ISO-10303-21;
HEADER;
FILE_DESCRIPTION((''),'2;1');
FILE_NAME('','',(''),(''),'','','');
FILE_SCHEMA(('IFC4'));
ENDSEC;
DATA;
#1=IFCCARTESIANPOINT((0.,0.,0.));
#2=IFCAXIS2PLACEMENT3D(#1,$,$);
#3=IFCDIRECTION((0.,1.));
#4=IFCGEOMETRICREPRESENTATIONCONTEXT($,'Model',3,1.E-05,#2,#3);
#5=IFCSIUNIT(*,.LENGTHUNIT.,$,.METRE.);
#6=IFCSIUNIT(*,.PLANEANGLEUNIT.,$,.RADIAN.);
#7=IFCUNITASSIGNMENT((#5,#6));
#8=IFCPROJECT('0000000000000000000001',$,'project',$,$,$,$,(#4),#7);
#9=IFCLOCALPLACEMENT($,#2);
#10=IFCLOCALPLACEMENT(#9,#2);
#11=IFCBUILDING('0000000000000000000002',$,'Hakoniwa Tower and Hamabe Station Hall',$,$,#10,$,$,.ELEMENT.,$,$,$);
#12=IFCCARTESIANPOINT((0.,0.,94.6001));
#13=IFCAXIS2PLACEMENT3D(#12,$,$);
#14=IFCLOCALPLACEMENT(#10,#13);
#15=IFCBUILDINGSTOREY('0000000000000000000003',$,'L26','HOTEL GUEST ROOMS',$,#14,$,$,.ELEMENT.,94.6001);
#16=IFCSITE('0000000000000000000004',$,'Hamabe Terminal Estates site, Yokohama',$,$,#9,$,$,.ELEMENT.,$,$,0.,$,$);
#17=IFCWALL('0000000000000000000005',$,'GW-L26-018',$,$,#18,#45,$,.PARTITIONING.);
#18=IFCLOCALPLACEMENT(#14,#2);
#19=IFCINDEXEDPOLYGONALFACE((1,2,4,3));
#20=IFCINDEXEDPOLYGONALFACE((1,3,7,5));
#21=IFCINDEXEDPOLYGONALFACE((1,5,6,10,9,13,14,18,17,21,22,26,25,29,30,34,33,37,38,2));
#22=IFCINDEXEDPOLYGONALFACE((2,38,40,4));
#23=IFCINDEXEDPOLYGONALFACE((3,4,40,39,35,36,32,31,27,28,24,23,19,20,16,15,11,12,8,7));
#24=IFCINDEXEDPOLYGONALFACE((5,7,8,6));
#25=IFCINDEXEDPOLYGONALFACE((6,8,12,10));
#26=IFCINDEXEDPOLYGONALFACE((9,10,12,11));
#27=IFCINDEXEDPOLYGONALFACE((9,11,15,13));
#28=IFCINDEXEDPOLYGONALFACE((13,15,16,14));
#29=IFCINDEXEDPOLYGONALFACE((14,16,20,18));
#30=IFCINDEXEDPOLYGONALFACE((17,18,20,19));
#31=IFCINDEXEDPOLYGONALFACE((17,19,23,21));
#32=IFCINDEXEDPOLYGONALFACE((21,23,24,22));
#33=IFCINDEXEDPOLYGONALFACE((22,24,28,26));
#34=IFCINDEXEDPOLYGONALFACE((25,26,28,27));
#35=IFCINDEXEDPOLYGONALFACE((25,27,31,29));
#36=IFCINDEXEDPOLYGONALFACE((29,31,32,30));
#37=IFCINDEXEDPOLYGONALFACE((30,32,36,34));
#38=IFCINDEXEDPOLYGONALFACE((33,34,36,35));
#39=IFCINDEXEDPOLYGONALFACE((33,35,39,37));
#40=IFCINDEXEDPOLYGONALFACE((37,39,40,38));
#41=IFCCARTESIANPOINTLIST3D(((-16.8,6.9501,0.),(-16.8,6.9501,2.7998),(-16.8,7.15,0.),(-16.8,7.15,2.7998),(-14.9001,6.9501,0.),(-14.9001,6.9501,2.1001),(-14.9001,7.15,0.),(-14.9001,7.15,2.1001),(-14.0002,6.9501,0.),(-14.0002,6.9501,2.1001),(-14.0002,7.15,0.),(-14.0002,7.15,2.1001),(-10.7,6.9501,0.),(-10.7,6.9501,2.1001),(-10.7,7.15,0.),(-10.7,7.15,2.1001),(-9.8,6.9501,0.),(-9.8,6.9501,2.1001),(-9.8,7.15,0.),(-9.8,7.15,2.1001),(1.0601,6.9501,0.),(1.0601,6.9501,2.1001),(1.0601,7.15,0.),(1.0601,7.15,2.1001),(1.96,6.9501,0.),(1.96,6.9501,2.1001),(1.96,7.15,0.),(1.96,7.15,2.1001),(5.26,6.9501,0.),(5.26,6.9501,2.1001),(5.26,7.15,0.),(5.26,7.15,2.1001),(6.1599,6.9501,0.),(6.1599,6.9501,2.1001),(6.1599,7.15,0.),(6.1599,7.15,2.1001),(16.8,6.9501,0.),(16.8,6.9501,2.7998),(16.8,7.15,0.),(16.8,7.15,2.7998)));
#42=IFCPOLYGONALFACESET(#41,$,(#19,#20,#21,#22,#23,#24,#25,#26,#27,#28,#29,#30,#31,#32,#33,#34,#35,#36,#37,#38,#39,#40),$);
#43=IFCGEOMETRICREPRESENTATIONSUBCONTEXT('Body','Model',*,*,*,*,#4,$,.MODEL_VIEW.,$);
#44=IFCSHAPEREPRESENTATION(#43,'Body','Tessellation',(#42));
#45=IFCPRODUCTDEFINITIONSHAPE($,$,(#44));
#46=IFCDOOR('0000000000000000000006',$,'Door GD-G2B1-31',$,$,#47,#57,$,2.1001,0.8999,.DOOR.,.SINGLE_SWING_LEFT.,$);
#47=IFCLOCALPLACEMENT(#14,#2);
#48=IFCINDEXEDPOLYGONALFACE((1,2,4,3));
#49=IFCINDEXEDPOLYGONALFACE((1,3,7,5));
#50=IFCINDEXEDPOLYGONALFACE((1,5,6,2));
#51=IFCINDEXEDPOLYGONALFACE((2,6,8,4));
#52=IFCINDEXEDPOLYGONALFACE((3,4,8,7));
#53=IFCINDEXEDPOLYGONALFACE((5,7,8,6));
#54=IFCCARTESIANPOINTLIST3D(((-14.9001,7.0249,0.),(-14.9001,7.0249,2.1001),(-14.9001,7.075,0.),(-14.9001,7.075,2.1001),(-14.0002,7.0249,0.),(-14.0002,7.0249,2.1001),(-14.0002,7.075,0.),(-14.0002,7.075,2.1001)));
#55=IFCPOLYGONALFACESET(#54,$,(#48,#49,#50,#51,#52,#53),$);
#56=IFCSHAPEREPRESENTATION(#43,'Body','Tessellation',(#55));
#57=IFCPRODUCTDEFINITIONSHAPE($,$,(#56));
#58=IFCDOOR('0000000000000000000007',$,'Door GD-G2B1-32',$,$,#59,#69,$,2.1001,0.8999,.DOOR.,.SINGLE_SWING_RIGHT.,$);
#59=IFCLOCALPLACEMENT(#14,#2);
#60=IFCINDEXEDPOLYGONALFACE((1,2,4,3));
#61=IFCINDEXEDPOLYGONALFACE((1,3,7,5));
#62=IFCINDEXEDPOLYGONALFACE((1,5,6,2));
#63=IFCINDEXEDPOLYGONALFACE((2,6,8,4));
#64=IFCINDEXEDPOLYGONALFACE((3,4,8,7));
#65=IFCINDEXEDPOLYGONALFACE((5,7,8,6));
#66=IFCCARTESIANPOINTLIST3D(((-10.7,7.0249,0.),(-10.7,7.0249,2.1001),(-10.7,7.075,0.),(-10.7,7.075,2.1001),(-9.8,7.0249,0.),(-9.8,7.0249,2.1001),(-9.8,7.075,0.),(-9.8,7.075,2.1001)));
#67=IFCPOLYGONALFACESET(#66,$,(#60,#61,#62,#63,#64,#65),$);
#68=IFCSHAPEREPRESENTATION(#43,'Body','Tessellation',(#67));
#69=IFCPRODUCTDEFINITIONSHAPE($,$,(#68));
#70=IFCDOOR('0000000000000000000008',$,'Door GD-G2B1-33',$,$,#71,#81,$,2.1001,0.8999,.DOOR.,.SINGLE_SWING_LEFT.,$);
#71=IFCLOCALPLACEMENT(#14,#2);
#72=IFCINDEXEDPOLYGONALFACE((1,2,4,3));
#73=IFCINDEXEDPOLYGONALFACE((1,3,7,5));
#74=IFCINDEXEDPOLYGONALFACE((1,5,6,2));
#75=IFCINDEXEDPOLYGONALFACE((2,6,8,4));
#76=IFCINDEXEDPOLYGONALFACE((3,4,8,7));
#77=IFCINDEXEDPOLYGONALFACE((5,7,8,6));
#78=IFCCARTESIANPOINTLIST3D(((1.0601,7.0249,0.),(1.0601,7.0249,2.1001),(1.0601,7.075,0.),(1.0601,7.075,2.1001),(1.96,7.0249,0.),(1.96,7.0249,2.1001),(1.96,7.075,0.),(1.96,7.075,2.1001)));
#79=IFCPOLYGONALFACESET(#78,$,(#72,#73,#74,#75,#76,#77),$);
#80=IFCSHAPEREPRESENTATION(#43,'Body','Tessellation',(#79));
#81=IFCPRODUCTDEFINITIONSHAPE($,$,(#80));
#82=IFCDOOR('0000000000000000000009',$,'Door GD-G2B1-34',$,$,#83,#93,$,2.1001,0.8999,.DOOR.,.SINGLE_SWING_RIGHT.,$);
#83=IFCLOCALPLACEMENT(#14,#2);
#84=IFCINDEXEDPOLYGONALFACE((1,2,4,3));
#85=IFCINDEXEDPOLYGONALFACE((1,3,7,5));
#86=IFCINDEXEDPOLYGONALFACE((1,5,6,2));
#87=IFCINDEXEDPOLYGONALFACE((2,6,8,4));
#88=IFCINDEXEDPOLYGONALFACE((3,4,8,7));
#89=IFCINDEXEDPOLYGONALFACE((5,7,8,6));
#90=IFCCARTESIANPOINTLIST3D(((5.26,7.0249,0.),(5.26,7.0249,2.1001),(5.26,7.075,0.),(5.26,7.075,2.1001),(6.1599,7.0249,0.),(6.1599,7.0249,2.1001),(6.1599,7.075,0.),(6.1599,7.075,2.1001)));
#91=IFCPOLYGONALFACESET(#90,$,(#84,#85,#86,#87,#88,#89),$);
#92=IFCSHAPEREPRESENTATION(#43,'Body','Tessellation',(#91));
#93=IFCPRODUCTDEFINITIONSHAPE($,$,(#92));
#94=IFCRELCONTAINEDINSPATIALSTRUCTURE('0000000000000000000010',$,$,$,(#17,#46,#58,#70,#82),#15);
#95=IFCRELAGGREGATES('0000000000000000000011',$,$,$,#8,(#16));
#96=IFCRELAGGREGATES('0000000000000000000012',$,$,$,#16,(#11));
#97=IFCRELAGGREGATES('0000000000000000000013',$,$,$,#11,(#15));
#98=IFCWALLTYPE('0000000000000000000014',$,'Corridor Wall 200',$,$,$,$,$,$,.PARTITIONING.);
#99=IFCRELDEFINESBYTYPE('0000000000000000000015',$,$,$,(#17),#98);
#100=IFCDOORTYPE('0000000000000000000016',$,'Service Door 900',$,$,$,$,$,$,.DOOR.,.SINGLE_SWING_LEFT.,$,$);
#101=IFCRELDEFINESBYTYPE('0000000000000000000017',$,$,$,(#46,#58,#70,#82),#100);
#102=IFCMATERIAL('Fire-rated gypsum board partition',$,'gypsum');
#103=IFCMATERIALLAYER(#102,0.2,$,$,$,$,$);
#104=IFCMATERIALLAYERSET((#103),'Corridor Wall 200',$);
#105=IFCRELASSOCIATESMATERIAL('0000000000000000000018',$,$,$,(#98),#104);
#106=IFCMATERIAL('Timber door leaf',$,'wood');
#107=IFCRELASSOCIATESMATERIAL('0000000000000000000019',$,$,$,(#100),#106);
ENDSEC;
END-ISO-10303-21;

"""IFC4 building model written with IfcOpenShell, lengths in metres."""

from ifc_helpers import new_model, si_unit, direction, frame, frame_2d, origin, place, context, subcontext, project, spatial, rectangle, extrude, material, layer, layer_set, type_object, element, fill, save


model = new_model("IFC4")

# Units and contexts
model_context = context("Model", 3, precision=1e-05, world=origin(), true_north=direction((0.0, 1.0)))
body_context = subcontext(model_context, "Body", "Model", "MODEL_VIEW")
ifc_project = project(units=[si_unit("LENGTHUNIT", "METRE"), si_unit("PLANEANGLEUNIT", "RADIAN")], contexts=[model_context])

# Site, building, storey
site_placement = place(None, origin())
site = spatial("IfcSite", under=ifc_project, at=site_placement, Name="Hamabe Terminal Estates site, Yokohama", CompositionType="ELEMENT", RefElevation=0.0)
building_placement = place(site_placement, origin())
building = spatial("IfcBuilding", under=site, at=building_placement, Name="Hakoniwa Tower and Hamabe Station Hall", CompositionType="ELEMENT")
storey_placement = place(building_placement, frame((0.0, 0.0, 94.6001)))
storey = spatial("IfcBuildingStorey", under=building, at=storey_placement, Name="L26", Description="HOTEL GUEST ROOMS", CompositionType="ELEMENT", Elevation=94.6001)

# Wall, openings, doors
ifc_material_1 = material(Name="Fire-rated gypsum board partition", Category="gypsum")
ifc_layer = layer(ifc_material_1, 0.2)
ifc_layer_set = layer_set([ifc_layer], Name="Corridor Wall 200")
wall_type = type_object("IfcWallType", Name="Corridor Wall 200", PredefinedType="PARTITIONING", material=ifc_layer_set)
ifc_material_2 = material(Name="Timber door leaf", Category="wood")
door_type_1 = type_object("IfcDoorType", Name="Service Door 900", OperationType="SINGLE_SWING_LEFT", PredefinedType="DOOR", material=ifc_material_2)
wall_1_placement = place(storey_placement, frame((-16.8, 7.05, 0.0), z_axis=(0.0, 0.0, 1.0), x_axis=(1.0, 0.0, 0.0)))
wall_1 = element("IfcWall", 1, at=wall_1_placement, inside=storey, type_object=wall_type, Name="GW-L26-018", PredefinedType="PARTITIONING", context=body_context, shape_type="SweptSolid", body=[
    extrude(rectangle(XDim=33.6001, YDim=0.2, at=frame_2d((16.8, 0.0))), origin(), (0.0, 0.0, 1.0), 2.7998),
])
opening_1_placement = place(wall_1_placement, frame((1.8999, 0.0, 0.0)))
opening_1 = element("IfcOpeningElement", 2, at=opening_1_placement, cuts=wall_1, PredefinedType="OPENING", context=body_context, shape_type="SweptSolid", body=[
    extrude(rectangle(XDim=0.8999, YDim=2.1001, at=frame_2d((0.45, 1.05))), frame((0.0, 0.1099, 0.0), z_axis=(0.0, -1.0, 0.0), x_axis=(1.0, 0.0, 0.0)), (0.0, 0.0, 1.0), 0.22),
])
opening_2_placement = place(wall_1_placement, frame((6.1001, 0.0, 0.0)))
opening_2 = element("IfcOpeningElement", 3, at=opening_2_placement, cuts=wall_1, PredefinedType="OPENING", context=body_context, shape_type="SweptSolid", body=[
    extrude(rectangle(XDim=0.8999, YDim=2.1001, at=frame_2d((0.45, 1.05))), frame((0.0, 0.1099, 0.0), z_axis=(0.0, -1.0, 0.0), x_axis=(1.0, 0.0, 0.0)), (0.0, 0.0, 1.0), 0.22),
])
opening_3_placement = place(wall_1_placement, frame((17.8601, 0.0, 0.0)))
opening_3 = element("IfcOpeningElement", 4, at=opening_3_placement, cuts=wall_1, PredefinedType="OPENING", context=body_context, shape_type="SweptSolid", body=[
    extrude(rectangle(XDim=0.8999, YDim=2.1001, at=frame_2d((0.45, 1.05))), frame((0.0, 0.1099, 0.0), z_axis=(0.0, -1.0, 0.0), x_axis=(1.0, 0.0, 0.0)), (0.0, 0.0, 1.0), 0.22),
])
opening_4_placement = place(wall_1_placement, frame((22.0601, 0.0, 0.0)))
opening_4 = element("IfcOpeningElement", 5, at=opening_4_placement, cuts=wall_1, PredefinedType="OPENING", context=body_context, shape_type="SweptSolid", body=[
    extrude(rectangle(XDim=0.8999, YDim=2.1001, at=frame_2d((0.45, 1.05))), frame((0.0, 0.1099, 0.0), z_axis=(0.0, -1.0, 0.0), x_axis=(1.0, 0.0, 0.0)), (0.0, 0.0, 1.0), 0.22),
])
door_1_placement = place(opening_1_placement, origin())
door_1 = element("IfcDoor", 6, at=door_1_placement, inside=storey, type_object=door_type_1, Name="Door GD-G2B1-31", OperationType="SINGLE_SWING_LEFT", OverallHeight=2.1001, OverallWidth=0.8999, PredefinedType="DOOR", context=body_context, shape_type="SweptSolid", body=[
    extrude(rectangle(XDim=0.8999, YDim=2.1001, at=frame_2d((0.45, 1.05))), frame((0.0, 0.0249, 0.0), z_axis=(0.0, -1.0, 0.0), x_axis=(1.0, 0.0, 0.0)), (0.0, 0.0, 1.0), 0.05),
])
fill(opening_1, door_1)
door_2_placement = place(opening_2_placement, origin())
door_2 = element("IfcDoor", 7, at=door_2_placement, inside=storey, type_object=door_type_1, Name="Door GD-G2B1-32", OperationType="SINGLE_SWING_RIGHT", OverallHeight=2.1001, OverallWidth=0.8999, PredefinedType="DOOR", context=body_context, shape_type="SweptSolid", body=[
    extrude(rectangle(XDim=0.8999, YDim=2.1001, at=frame_2d((0.45, 1.05))), frame((0.0, 0.0249, 0.0), z_axis=(0.0, -1.0, 0.0), x_axis=(1.0, 0.0, 0.0)), (0.0, 0.0, 1.0), 0.05),
])
fill(opening_2, door_2)
door_3_placement = place(opening_3_placement, origin())
door_3 = element("IfcDoor", 8, at=door_3_placement, inside=storey, type_object=door_type_1, Name="Door GD-G2B1-33", OperationType="SINGLE_SWING_LEFT", OverallHeight=2.1001, OverallWidth=0.8999, PredefinedType="DOOR", context=body_context, shape_type="SweptSolid", body=[
    extrude(rectangle(XDim=0.8999, YDim=2.1001, at=frame_2d((0.45, 1.05))), frame((0.0, 0.0249, 0.0), z_axis=(0.0, -1.0, 0.0), x_axis=(1.0, 0.0, 0.0)), (0.0, 0.0, 1.0), 0.05),
])
fill(opening_3, door_3)
door_4_placement = place(opening_4_placement, origin())
door_4 = element("IfcDoor", 9, at=door_4_placement, inside=storey, type_object=door_type_1, Name="Door GD-G2B1-34", OperationType="SINGLE_SWING_RIGHT", OverallHeight=2.1001, OverallWidth=0.8999, PredefinedType="DOOR", context=body_context, shape_type="SweptSolid", body=[
    extrude(rectangle(XDim=0.8999, YDim=2.1001, at=frame_2d((0.45, 1.05))), frame((0.0, 0.0249, 0.0), z_axis=(0.0, -1.0, 0.0), x_axis=(1.0, 0.0, 0.0)), (0.0, 0.0, 1.0), 0.05),
])
fill(opening_4, door_4)

save(model, "model.ifc")
